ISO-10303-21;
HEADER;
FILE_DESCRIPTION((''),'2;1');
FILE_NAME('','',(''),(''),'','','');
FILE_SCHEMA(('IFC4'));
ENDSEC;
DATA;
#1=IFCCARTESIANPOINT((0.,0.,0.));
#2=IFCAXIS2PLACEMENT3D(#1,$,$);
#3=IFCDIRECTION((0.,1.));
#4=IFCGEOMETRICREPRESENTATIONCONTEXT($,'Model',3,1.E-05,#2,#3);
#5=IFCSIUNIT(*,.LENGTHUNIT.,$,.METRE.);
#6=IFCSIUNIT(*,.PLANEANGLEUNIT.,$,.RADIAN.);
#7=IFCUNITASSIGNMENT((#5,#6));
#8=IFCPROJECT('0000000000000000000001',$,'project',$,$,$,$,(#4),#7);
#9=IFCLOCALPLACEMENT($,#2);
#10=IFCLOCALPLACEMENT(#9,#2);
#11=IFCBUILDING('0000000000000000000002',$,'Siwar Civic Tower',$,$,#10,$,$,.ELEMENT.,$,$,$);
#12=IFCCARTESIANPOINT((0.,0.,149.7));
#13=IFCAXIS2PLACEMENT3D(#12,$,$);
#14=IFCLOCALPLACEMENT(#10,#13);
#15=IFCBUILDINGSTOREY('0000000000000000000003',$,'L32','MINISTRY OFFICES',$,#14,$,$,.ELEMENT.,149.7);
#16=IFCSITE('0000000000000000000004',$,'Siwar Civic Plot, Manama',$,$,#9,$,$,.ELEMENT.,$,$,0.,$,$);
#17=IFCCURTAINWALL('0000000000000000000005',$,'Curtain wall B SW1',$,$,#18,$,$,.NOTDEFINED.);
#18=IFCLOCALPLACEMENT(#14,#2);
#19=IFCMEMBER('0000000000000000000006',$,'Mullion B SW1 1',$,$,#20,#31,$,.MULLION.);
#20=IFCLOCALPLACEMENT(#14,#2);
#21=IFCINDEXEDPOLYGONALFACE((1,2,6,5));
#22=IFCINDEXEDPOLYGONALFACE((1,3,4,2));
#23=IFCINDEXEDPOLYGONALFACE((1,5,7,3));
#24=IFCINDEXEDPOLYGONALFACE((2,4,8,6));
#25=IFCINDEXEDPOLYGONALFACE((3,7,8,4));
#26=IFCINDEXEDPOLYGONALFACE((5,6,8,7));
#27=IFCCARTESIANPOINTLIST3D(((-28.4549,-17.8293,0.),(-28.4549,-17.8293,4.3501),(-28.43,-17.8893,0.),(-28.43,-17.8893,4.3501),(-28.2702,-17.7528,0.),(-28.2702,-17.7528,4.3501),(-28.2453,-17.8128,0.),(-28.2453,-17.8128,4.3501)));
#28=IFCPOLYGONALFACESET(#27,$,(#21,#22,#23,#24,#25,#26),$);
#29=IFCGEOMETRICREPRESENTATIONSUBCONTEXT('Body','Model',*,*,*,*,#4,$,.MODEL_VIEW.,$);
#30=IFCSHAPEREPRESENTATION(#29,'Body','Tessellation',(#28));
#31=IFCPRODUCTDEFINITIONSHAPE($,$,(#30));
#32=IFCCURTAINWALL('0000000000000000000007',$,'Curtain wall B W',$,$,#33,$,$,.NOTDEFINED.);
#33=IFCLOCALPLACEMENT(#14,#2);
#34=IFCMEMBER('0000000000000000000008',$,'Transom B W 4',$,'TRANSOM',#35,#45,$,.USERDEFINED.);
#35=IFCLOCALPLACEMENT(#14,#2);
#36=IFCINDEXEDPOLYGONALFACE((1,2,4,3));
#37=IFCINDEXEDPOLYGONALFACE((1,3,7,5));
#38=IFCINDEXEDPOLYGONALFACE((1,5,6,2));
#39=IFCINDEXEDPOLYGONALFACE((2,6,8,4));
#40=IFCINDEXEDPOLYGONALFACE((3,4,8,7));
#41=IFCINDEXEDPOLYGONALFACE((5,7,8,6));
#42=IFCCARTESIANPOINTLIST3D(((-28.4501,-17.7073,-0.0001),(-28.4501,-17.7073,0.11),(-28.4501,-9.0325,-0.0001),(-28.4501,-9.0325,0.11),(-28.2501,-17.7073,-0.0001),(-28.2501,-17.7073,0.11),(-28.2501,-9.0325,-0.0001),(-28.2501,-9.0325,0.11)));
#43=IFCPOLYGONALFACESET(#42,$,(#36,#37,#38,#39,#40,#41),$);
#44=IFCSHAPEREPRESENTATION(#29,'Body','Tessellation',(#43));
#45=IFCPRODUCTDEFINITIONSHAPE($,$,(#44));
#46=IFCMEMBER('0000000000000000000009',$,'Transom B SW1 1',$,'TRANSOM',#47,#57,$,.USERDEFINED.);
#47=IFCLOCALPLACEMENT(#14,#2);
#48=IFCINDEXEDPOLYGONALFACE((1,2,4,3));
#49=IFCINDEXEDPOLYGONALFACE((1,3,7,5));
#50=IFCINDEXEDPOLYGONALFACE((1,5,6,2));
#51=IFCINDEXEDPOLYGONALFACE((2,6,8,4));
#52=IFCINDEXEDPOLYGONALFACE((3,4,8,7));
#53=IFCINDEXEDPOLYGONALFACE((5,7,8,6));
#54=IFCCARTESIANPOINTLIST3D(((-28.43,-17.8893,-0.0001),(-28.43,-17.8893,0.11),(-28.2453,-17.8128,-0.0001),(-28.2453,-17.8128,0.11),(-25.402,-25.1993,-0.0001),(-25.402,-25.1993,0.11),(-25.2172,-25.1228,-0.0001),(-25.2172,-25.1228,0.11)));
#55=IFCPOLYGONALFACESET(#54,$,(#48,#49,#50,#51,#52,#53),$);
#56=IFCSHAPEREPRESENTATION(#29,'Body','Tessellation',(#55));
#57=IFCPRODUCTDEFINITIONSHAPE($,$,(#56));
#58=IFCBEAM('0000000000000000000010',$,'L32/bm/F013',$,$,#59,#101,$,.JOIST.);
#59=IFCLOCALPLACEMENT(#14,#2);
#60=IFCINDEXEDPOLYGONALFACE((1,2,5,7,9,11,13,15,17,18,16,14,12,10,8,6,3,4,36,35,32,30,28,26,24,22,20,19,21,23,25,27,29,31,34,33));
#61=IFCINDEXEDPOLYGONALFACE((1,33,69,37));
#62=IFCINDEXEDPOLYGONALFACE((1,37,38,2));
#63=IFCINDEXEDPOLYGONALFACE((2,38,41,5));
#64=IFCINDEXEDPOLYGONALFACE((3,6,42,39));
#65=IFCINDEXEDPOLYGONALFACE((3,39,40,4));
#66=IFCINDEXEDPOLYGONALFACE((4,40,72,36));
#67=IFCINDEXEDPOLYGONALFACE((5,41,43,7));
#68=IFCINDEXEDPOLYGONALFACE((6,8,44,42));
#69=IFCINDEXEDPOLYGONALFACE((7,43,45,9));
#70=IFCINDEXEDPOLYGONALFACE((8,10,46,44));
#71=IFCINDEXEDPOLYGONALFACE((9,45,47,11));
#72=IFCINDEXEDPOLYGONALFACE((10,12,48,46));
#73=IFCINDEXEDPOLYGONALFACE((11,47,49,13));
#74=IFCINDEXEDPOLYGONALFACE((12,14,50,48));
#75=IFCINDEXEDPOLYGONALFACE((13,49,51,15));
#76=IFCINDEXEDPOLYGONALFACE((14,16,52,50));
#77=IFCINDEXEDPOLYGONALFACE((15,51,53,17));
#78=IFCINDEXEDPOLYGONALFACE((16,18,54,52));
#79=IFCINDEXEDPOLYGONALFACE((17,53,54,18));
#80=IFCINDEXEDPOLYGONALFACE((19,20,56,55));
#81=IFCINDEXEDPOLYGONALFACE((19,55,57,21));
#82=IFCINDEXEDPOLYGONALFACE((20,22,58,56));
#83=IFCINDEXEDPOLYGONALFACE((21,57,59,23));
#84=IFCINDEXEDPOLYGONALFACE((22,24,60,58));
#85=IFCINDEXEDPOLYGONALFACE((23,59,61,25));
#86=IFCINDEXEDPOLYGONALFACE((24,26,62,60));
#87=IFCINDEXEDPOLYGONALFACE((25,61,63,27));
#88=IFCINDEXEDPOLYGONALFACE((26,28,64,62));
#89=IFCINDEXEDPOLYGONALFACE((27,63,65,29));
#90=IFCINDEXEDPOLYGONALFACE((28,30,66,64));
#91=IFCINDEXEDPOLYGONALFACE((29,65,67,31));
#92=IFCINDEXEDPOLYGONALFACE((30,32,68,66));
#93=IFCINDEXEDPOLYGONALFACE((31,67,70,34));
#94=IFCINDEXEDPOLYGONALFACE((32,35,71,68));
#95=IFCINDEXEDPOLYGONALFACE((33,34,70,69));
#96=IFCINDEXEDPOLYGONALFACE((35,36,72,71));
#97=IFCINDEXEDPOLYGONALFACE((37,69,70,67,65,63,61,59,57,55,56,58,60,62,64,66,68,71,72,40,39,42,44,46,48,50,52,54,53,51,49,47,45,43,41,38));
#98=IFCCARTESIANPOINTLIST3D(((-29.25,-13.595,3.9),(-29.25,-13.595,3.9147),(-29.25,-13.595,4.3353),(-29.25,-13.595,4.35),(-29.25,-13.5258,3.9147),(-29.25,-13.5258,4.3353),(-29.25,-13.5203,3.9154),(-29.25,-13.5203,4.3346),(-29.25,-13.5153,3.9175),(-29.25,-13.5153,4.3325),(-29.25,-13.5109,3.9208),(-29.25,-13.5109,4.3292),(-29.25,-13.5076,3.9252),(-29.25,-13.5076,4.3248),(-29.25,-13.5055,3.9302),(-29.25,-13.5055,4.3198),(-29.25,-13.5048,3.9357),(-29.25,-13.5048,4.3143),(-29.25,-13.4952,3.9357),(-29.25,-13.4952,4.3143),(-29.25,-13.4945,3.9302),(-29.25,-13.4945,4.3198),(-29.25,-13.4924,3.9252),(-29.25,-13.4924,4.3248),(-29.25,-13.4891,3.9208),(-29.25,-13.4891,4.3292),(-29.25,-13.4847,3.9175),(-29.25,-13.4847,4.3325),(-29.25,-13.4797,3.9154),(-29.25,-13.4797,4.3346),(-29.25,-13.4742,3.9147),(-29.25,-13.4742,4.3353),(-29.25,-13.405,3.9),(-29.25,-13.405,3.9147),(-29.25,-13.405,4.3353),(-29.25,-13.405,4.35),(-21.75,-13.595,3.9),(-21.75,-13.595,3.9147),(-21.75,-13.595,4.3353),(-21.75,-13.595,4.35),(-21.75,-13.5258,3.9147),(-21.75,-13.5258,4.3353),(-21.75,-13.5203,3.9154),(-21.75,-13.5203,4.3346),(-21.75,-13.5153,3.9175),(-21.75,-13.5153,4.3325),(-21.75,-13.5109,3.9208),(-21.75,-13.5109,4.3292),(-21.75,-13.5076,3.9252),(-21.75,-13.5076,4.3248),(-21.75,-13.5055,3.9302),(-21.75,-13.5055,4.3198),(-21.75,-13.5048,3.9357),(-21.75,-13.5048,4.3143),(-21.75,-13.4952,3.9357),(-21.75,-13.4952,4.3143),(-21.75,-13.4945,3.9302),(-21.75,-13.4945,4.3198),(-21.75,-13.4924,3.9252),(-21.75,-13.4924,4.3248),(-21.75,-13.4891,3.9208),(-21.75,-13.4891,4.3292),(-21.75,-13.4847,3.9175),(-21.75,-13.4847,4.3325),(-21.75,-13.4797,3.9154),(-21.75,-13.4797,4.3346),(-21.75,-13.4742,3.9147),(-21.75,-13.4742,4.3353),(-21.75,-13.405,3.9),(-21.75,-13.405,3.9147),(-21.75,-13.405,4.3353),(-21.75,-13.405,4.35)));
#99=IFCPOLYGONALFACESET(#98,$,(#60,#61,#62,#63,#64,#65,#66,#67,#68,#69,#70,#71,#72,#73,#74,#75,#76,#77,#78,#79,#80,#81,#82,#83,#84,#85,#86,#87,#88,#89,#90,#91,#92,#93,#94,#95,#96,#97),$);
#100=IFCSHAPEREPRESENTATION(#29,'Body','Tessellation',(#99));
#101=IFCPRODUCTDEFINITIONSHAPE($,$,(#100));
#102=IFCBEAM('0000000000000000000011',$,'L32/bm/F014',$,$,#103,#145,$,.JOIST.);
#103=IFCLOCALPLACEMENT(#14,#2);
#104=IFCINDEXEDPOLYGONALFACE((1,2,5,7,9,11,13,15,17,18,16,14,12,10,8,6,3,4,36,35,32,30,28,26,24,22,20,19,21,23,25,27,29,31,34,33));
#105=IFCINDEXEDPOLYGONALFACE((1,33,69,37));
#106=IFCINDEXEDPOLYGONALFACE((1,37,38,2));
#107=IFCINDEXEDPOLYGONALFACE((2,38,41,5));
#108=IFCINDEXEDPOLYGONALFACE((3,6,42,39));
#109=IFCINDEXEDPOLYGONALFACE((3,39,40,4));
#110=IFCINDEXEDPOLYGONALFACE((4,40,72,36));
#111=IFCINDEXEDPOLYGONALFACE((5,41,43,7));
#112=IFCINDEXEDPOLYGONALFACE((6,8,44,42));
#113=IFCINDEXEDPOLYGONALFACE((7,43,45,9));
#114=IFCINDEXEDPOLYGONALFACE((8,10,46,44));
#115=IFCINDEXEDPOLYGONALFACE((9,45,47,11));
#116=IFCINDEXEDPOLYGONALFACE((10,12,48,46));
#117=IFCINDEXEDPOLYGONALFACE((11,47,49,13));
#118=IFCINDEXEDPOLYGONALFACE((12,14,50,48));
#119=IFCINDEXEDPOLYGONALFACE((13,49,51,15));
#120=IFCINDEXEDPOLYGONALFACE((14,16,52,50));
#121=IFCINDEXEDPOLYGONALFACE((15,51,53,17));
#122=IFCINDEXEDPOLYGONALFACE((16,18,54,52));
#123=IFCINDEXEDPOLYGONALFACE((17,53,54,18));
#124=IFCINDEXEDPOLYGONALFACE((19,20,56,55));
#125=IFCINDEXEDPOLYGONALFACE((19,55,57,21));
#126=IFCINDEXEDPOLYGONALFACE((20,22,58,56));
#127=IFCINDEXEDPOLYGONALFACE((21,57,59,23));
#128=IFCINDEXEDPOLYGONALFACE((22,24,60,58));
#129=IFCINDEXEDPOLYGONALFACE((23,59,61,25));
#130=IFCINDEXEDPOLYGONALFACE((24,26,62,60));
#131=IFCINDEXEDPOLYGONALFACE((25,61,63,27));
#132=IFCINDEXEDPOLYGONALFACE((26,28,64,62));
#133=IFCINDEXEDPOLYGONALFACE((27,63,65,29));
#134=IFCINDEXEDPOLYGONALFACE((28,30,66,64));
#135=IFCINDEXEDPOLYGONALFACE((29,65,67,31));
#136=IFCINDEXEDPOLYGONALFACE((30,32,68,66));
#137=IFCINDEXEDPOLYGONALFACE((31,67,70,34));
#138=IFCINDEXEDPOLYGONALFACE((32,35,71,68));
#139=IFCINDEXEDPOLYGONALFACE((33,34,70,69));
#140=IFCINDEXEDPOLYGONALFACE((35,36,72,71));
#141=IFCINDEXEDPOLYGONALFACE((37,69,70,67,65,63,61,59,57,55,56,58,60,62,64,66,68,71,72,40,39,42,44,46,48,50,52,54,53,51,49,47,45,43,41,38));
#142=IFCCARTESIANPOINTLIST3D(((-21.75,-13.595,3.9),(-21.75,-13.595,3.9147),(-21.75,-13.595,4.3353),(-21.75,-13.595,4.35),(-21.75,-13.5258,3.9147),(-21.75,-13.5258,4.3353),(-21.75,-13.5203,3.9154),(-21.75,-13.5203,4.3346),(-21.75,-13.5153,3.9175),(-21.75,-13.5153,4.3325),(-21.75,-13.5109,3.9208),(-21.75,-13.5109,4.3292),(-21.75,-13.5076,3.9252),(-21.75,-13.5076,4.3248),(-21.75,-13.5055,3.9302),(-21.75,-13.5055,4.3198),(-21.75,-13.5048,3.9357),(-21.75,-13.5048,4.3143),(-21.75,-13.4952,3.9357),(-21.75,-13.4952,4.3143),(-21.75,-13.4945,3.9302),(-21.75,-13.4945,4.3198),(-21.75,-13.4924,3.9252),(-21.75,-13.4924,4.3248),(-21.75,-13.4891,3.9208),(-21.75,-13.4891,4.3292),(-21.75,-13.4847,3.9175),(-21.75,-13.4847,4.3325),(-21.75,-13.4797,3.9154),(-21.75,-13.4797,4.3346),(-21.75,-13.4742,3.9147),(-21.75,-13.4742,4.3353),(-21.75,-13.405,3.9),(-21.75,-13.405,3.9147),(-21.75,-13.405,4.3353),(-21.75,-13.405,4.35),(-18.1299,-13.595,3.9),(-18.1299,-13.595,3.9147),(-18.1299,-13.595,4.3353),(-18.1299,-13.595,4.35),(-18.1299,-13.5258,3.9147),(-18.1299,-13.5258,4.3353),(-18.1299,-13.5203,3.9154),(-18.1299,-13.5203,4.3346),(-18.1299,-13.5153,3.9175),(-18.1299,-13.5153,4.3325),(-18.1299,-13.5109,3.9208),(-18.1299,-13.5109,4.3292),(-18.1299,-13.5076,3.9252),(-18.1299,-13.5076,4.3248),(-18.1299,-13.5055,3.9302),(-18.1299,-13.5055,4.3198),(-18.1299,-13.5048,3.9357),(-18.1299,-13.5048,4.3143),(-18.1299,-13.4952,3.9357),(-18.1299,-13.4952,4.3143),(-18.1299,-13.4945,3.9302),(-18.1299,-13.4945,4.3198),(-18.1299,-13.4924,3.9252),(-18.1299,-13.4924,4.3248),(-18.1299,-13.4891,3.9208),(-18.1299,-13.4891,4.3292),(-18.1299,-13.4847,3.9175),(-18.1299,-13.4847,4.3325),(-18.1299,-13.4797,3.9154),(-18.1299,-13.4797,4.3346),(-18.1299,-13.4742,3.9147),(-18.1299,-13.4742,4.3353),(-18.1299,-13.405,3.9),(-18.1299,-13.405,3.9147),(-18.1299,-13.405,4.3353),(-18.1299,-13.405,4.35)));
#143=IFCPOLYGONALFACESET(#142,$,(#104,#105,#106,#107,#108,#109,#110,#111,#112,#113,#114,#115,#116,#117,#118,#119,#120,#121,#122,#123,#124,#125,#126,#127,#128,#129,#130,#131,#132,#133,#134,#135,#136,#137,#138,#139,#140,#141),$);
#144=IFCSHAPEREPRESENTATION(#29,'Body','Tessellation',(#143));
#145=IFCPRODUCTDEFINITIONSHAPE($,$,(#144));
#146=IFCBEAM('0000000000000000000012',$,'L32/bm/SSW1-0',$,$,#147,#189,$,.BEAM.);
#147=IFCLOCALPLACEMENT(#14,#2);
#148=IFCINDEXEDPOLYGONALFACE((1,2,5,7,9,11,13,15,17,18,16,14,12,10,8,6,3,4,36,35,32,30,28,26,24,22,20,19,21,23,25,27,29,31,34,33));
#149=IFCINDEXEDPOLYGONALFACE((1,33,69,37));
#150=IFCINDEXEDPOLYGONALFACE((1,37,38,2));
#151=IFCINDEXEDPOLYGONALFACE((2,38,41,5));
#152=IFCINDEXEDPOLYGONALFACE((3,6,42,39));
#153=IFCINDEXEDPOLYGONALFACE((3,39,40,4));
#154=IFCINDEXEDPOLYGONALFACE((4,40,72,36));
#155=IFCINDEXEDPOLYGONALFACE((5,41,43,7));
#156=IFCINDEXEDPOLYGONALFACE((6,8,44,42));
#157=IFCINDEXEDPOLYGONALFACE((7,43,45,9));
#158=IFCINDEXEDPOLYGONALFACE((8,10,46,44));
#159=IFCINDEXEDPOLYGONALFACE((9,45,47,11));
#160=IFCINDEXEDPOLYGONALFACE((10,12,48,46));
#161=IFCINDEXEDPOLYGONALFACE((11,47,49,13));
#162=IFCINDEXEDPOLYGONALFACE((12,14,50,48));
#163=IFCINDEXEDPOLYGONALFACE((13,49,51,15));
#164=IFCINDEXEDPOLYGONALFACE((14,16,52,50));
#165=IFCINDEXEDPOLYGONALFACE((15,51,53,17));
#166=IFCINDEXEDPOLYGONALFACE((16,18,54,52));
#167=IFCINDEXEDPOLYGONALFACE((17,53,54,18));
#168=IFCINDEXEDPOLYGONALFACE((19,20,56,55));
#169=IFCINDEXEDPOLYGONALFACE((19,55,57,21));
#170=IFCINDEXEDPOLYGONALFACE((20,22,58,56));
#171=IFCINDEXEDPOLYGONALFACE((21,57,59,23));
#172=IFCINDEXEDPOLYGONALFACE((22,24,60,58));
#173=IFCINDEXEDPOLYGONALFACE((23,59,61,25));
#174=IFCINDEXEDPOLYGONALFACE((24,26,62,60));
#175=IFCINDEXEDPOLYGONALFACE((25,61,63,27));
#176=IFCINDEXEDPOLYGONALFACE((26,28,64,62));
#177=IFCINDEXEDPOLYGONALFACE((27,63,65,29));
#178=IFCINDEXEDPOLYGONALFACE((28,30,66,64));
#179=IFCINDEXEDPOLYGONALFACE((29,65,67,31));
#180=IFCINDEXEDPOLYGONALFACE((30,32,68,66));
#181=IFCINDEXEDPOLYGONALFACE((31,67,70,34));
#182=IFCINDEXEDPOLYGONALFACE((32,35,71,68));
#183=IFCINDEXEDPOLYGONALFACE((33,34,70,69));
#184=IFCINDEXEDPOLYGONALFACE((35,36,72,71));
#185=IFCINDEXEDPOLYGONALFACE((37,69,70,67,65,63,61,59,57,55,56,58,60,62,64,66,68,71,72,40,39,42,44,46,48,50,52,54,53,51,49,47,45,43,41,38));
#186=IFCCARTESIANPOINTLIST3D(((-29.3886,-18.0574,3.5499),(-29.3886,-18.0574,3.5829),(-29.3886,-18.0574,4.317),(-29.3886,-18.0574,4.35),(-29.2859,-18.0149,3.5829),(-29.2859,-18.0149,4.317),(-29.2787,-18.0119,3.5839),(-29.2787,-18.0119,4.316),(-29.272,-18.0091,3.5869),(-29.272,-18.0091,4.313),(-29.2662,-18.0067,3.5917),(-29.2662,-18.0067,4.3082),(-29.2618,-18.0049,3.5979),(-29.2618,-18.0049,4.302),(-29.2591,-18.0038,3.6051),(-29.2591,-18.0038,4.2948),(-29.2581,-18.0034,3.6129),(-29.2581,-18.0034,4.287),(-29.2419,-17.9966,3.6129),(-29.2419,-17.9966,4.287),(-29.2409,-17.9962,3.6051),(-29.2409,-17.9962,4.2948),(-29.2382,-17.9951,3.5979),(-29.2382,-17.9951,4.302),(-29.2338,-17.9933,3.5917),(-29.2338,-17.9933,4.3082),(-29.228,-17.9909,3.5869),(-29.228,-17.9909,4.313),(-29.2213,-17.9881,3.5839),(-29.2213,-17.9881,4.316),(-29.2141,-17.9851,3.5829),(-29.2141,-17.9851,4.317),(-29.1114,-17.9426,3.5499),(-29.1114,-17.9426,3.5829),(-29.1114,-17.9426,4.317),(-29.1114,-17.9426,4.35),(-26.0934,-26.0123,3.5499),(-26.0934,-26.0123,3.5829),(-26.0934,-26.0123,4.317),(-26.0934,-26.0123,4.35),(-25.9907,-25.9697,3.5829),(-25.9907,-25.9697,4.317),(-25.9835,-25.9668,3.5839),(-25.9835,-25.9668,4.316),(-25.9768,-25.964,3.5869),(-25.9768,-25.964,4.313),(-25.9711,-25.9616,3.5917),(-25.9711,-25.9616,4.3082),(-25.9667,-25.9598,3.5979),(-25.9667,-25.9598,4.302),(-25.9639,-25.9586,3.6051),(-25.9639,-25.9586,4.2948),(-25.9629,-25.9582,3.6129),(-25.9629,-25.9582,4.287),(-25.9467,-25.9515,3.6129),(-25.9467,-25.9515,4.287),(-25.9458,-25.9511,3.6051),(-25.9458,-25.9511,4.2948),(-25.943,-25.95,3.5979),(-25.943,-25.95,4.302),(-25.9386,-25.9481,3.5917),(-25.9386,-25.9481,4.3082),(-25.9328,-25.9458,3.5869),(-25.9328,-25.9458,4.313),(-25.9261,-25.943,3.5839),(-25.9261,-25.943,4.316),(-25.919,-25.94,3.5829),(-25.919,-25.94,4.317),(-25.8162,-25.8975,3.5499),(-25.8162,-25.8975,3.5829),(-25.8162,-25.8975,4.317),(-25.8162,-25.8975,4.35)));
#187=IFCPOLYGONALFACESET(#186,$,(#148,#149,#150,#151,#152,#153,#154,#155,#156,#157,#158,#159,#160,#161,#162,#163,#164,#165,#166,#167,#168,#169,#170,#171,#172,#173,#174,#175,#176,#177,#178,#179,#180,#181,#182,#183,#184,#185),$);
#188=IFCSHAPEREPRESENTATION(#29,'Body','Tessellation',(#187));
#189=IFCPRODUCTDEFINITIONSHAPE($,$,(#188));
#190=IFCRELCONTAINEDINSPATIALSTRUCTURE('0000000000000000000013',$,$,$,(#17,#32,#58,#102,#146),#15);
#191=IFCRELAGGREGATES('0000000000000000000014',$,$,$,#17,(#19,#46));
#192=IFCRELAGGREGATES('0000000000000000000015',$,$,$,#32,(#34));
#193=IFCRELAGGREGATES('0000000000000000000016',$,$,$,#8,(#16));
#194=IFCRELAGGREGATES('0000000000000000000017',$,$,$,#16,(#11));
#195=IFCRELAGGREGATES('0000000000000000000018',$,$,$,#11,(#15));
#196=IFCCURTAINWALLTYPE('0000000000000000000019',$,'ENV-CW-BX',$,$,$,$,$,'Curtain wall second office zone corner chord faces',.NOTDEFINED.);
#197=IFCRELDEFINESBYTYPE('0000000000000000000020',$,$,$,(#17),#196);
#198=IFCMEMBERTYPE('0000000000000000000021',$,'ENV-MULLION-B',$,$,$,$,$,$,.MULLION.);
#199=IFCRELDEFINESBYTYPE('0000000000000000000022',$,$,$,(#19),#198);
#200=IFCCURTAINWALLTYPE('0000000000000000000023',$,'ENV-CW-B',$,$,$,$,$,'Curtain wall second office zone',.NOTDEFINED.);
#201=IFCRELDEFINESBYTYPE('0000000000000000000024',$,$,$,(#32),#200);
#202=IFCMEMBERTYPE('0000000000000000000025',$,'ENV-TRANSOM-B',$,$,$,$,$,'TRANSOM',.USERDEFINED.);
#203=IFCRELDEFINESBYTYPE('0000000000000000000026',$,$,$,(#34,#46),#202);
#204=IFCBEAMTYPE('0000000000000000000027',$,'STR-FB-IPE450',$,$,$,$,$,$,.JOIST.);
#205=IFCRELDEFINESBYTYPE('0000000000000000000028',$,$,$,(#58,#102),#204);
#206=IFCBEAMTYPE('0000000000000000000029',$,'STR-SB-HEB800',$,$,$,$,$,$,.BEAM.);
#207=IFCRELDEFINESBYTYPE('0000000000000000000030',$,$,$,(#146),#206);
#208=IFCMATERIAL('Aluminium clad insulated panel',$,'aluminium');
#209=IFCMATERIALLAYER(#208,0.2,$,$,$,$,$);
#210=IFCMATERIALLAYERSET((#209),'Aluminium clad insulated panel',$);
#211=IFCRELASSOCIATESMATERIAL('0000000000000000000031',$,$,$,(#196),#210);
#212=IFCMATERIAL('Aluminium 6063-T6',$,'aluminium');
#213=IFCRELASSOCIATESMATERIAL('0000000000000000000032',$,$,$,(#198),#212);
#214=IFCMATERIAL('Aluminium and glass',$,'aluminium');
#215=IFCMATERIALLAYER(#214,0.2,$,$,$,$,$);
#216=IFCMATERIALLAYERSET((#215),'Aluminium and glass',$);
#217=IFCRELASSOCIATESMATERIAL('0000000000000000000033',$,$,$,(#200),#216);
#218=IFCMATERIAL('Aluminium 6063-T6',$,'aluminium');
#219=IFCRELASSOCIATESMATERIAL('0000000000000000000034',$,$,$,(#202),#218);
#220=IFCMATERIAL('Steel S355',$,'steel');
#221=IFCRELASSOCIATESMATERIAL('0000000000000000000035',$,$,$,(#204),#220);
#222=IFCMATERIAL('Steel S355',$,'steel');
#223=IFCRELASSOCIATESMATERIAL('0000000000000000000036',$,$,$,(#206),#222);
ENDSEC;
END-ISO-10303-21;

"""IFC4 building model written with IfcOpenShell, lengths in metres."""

from ifc_helpers import new_model, si_unit, direction, frame, origin, origin_2d, place, context, subcontext, project, spatial, rectangle, i_section, extrude, material, layer, layer_set, material_profile, profile_set, type_object, element, aggregate, save


model = new_model("IFC4")

# Units and contexts
model_context = context("Model", 3, precision=1e-05, world=origin(), true_north=direction((0.0, 1.0)))
body_context = subcontext(model_context, "Body", "Model", "MODEL_VIEW")
ifc_project = project(units=[si_unit("LENGTHUNIT", "METRE"), si_unit("PLANEANGLEUNIT", "RADIAN")], contexts=[model_context])

# Site, building, storey
site_placement = place(None, origin())
site = spatial("IfcSite", under=ifc_project, at=site_placement, Name="Siwar Civic Plot, Manama", CompositionType="ELEMENT", RefElevation=0.0)
building_placement = place(site_placement, origin())
building = spatial("IfcBuilding", under=site, at=building_placement, Name="Siwar Civic Tower", CompositionType="ELEMENT")
storey_placement = place(building_placement, frame((0.0, 0.0, 149.7)))
storey = spatial("IfcBuildingStorey", under=building, at=storey_placement, Name="L32", Description="MINISTRY OFFICES", CompositionType="ELEMENT", Elevation=149.7)

# Curtain walls, members
ifc_material_1 = material(Name="Aluminium clad insulated panel", Category="aluminium")
ifc_layer_1 = layer(ifc_material_1, 0.2)
ifc_layer_set_1 = layer_set([ifc_layer_1], Name="Aluminium clad insulated panel")
curtain_wall_type_1 = type_object("IfcCurtainWallType", Name="ENV-CW-BX", ElementType="Curtain wall second office zone corner chord faces", PredefinedType="NOTDEFINED", material=ifc_layer_set_1)
curtain_wall_1_placement = place(storey_placement, origin())
curtain_wall_1 = element("IfcCurtainWall", 1, at=curtain_wall_1_placement, inside=storey, type_object=curtain_wall_type_1, Name="Curtain wall B SW1", PredefinedType="NOTDEFINED")
ifc_material_2 = material(Name="Aluminium 6063-T6", Category="aluminium")
ifc_material_profile_1 = material_profile(ifc_material_2, rectangle(XDim=0.2, YDim=0.0649, at=origin_2d()), Name="AL 200x65")
ifc_profile_set_1 = profile_set([ifc_material_profile_1], Name="Aluminium 6063-T6")
member_type_1 = type_object("IfcMemberType", Name="ENV-MULLION-B", PredefinedType="MULLION", material=ifc_profile_set_1)
member_1_placement = place(storey_placement, frame((-28.3501, -17.821, 0.0), z_axis=(0.0, 0.0, 1.0), x_axis=(0.92388, 0.382683, 0.0)))
member_1 = element("IfcMember", 2, at=member_1_placement, type_object=member_type_1, Name="Mullion B SW1 1", PredefinedType="MULLION", context=body_context, shape_type="SweptSolid", body=[
    extrude(rectangle(XDim=0.2, YDim=0.0649, at=origin_2d()), origin(), (0.0, 0.0, 1.0), 4.3501),
])
ifc_material_3 = material(Name="Aluminium and glass", Category="aluminium")
ifc_layer_2 = layer(ifc_material_3, 0.2)
ifc_layer_set_2 = layer_set([ifc_layer_2], Name="Aluminium and glass")
curtain_wall_type_2 = type_object("IfcCurtainWallType", Name="ENV-CW-B", ElementType="Curtain wall second office zone", PredefinedType="NOTDEFINED", material=ifc_layer_set_2)
curtain_wall_2_placement = place(storey_placement, origin())
curtain_wall_2 = element("IfcCurtainWall", 3, at=curtain_wall_2_placement, inside=storey, type_object=curtain_wall_type_2, Name="Curtain wall B W", PredefinedType="NOTDEFINED")
ifc_material_4 = material(Name="Aluminium 6063-T6", Category="aluminium")
ifc_material_profile_2 = material_profile(ifc_material_4, rectangle(XDim=0.2, YDim=0.1101, at=origin_2d()), Name="AL 200x110")
ifc_profile_set_2 = profile_set([ifc_material_profile_2], Name="Aluminium 6063-T6")
member_type_2 = type_object("IfcMemberType", Name="ENV-TRANSOM-B", ElementType="TRANSOM", PredefinedType="USERDEFINED", material=ifc_profile_set_2)
member_2_placement = place(storey_placement, frame((-28.3501, -9.0325, 0.0549), z_axis=(0.0, -1.0, 0.0), x_axis=(1.0, 0.0, 0.0)))
member_2 = element("IfcMember", 4, at=member_2_placement, type_object=member_type_2, Name="Transom B W 4", ObjectType="TRANSOM", PredefinedType="USERDEFINED", context=body_context, shape_type="SweptSolid", body=[
    extrude(rectangle(XDim=0.2, YDim=0.1101, at=origin_2d()), origin(), (0.0, 0.0, 1.0), 8.6748),
])

# Member
member_3_placement = place(storey_placement, frame((-28.3376, -17.8511, 0.0549), z_axis=(0.3827, -0.923873, 0.0), x_axis=(0.923873, 0.3827, 0.0)))
member_3 = element("IfcMember", 5, at=member_3_placement, type_object=member_type_2, Name="Transom B SW1 1", ObjectType="TRANSOM", PredefinedType="USERDEFINED", context=body_context, shape_type="SweptSolid", body=[
    extrude(rectangle(XDim=0.2, YDim=0.1101, at=origin_2d()), origin(), (0.0, 0.0, 1.0), 7.9124),
])
aggregate(curtain_wall_1, [member_1, member_3])

# Beams
ifc_material_5 = material(Name="Steel S355", Category="steel")
ifc_material_profile_3 = material_profile(ifc_material_5, i_section(OverallWidth=0.1899, OverallDepth=0.45, WebThickness=0.0095, FlangeThickness=0.0146, FilletRadius=0.021, at=origin_2d()), Name="IPE450")
ifc_profile_set_3 = profile_set([ifc_material_profile_3], Name="Steel S355")
beam_type_1 = type_object("IfcBeamType", Name="STR-FB-IPE450", PredefinedType="JOIST", material=ifc_profile_set_3)
beam_1_placement = place(storey_placement, frame((-29.25, -13.5, 4.125), z_axis=(1.0, 0.0, 0.0), x_axis=(0.0, 1.0, 0.0)))
element("IfcBeam", 6, at=beam_1_placement, inside=storey, type_object=beam_type_1, Name="L32/bm/F013", PredefinedType="JOIST", context=body_context, shape_type="SweptSolid", body=[
    extrude(i_section(OverallWidth=0.1899, OverallDepth=0.45, WebThickness=0.0095, FlangeThickness=0.0146, FilletRadius=0.021, at=origin_2d()), origin(), (0.0, 0.0, 1.0), 7.5),
])
beam_2_placement = place(storey_placement, frame((-21.75, -13.5, 4.125), z_axis=(1.0, 0.0, 0.0), x_axis=(0.0, 1.0, 0.0)))
element("IfcBeam", 7, at=beam_2_placement, inside=storey, type_object=beam_type_1, Name="L32/bm/F014", PredefinedType="JOIST", context=body_context, shape_type="SweptSolid", body=[
    extrude(i_section(OverallWidth=0.1899, OverallDepth=0.45, WebThickness=0.0095, FlangeThickness=0.0146, FilletRadius=0.021, at=origin_2d()), origin(), (0.0, 0.0, 1.0), 3.6201),
])
ifc_material_6 = material(Name="Steel S355", Category="steel")
ifc_material_profile_4 = material_profile(ifc_material_6, i_section(OverallWidth=0.3, OverallDepth=0.8, WebThickness=0.0176, FlangeThickness=0.033, FilletRadius=0.03, at=origin_2d()), Name="HEB800")
ifc_profile_set_4 = profile_set([ifc_material_profile_4], Name="Steel S355")
beam_type_2 = type_object("IfcBeamType", Name="STR-SB-HEB800", PredefinedType="BEAM", material=ifc_profile_set_4)
beam_3_placement = place(storey_placement, frame((-29.25, -18.0, 3.95), z_axis=(0.3827, -0.923873, 0.0), x_axis=(0.923873, 0.3827, 0.0)))
element("IfcBeam", 8, at=beam_3_placement, inside=storey, type_object=beam_type_2, Name="L32/bm/SSW1-0", PredefinedType="BEAM", context=body_context, shape_type="SweptSolid", body=[
    extrude(i_section(OverallWidth=0.3, OverallDepth=0.8, WebThickness=0.0176, FlangeThickness=0.033, FilletRadius=0.03, at=origin_2d()), origin(), (0.0, 0.0, 1.0), 8.6104),
])

aggregate(curtain_wall_2, [member_2])

save(model, "model.ifc")
